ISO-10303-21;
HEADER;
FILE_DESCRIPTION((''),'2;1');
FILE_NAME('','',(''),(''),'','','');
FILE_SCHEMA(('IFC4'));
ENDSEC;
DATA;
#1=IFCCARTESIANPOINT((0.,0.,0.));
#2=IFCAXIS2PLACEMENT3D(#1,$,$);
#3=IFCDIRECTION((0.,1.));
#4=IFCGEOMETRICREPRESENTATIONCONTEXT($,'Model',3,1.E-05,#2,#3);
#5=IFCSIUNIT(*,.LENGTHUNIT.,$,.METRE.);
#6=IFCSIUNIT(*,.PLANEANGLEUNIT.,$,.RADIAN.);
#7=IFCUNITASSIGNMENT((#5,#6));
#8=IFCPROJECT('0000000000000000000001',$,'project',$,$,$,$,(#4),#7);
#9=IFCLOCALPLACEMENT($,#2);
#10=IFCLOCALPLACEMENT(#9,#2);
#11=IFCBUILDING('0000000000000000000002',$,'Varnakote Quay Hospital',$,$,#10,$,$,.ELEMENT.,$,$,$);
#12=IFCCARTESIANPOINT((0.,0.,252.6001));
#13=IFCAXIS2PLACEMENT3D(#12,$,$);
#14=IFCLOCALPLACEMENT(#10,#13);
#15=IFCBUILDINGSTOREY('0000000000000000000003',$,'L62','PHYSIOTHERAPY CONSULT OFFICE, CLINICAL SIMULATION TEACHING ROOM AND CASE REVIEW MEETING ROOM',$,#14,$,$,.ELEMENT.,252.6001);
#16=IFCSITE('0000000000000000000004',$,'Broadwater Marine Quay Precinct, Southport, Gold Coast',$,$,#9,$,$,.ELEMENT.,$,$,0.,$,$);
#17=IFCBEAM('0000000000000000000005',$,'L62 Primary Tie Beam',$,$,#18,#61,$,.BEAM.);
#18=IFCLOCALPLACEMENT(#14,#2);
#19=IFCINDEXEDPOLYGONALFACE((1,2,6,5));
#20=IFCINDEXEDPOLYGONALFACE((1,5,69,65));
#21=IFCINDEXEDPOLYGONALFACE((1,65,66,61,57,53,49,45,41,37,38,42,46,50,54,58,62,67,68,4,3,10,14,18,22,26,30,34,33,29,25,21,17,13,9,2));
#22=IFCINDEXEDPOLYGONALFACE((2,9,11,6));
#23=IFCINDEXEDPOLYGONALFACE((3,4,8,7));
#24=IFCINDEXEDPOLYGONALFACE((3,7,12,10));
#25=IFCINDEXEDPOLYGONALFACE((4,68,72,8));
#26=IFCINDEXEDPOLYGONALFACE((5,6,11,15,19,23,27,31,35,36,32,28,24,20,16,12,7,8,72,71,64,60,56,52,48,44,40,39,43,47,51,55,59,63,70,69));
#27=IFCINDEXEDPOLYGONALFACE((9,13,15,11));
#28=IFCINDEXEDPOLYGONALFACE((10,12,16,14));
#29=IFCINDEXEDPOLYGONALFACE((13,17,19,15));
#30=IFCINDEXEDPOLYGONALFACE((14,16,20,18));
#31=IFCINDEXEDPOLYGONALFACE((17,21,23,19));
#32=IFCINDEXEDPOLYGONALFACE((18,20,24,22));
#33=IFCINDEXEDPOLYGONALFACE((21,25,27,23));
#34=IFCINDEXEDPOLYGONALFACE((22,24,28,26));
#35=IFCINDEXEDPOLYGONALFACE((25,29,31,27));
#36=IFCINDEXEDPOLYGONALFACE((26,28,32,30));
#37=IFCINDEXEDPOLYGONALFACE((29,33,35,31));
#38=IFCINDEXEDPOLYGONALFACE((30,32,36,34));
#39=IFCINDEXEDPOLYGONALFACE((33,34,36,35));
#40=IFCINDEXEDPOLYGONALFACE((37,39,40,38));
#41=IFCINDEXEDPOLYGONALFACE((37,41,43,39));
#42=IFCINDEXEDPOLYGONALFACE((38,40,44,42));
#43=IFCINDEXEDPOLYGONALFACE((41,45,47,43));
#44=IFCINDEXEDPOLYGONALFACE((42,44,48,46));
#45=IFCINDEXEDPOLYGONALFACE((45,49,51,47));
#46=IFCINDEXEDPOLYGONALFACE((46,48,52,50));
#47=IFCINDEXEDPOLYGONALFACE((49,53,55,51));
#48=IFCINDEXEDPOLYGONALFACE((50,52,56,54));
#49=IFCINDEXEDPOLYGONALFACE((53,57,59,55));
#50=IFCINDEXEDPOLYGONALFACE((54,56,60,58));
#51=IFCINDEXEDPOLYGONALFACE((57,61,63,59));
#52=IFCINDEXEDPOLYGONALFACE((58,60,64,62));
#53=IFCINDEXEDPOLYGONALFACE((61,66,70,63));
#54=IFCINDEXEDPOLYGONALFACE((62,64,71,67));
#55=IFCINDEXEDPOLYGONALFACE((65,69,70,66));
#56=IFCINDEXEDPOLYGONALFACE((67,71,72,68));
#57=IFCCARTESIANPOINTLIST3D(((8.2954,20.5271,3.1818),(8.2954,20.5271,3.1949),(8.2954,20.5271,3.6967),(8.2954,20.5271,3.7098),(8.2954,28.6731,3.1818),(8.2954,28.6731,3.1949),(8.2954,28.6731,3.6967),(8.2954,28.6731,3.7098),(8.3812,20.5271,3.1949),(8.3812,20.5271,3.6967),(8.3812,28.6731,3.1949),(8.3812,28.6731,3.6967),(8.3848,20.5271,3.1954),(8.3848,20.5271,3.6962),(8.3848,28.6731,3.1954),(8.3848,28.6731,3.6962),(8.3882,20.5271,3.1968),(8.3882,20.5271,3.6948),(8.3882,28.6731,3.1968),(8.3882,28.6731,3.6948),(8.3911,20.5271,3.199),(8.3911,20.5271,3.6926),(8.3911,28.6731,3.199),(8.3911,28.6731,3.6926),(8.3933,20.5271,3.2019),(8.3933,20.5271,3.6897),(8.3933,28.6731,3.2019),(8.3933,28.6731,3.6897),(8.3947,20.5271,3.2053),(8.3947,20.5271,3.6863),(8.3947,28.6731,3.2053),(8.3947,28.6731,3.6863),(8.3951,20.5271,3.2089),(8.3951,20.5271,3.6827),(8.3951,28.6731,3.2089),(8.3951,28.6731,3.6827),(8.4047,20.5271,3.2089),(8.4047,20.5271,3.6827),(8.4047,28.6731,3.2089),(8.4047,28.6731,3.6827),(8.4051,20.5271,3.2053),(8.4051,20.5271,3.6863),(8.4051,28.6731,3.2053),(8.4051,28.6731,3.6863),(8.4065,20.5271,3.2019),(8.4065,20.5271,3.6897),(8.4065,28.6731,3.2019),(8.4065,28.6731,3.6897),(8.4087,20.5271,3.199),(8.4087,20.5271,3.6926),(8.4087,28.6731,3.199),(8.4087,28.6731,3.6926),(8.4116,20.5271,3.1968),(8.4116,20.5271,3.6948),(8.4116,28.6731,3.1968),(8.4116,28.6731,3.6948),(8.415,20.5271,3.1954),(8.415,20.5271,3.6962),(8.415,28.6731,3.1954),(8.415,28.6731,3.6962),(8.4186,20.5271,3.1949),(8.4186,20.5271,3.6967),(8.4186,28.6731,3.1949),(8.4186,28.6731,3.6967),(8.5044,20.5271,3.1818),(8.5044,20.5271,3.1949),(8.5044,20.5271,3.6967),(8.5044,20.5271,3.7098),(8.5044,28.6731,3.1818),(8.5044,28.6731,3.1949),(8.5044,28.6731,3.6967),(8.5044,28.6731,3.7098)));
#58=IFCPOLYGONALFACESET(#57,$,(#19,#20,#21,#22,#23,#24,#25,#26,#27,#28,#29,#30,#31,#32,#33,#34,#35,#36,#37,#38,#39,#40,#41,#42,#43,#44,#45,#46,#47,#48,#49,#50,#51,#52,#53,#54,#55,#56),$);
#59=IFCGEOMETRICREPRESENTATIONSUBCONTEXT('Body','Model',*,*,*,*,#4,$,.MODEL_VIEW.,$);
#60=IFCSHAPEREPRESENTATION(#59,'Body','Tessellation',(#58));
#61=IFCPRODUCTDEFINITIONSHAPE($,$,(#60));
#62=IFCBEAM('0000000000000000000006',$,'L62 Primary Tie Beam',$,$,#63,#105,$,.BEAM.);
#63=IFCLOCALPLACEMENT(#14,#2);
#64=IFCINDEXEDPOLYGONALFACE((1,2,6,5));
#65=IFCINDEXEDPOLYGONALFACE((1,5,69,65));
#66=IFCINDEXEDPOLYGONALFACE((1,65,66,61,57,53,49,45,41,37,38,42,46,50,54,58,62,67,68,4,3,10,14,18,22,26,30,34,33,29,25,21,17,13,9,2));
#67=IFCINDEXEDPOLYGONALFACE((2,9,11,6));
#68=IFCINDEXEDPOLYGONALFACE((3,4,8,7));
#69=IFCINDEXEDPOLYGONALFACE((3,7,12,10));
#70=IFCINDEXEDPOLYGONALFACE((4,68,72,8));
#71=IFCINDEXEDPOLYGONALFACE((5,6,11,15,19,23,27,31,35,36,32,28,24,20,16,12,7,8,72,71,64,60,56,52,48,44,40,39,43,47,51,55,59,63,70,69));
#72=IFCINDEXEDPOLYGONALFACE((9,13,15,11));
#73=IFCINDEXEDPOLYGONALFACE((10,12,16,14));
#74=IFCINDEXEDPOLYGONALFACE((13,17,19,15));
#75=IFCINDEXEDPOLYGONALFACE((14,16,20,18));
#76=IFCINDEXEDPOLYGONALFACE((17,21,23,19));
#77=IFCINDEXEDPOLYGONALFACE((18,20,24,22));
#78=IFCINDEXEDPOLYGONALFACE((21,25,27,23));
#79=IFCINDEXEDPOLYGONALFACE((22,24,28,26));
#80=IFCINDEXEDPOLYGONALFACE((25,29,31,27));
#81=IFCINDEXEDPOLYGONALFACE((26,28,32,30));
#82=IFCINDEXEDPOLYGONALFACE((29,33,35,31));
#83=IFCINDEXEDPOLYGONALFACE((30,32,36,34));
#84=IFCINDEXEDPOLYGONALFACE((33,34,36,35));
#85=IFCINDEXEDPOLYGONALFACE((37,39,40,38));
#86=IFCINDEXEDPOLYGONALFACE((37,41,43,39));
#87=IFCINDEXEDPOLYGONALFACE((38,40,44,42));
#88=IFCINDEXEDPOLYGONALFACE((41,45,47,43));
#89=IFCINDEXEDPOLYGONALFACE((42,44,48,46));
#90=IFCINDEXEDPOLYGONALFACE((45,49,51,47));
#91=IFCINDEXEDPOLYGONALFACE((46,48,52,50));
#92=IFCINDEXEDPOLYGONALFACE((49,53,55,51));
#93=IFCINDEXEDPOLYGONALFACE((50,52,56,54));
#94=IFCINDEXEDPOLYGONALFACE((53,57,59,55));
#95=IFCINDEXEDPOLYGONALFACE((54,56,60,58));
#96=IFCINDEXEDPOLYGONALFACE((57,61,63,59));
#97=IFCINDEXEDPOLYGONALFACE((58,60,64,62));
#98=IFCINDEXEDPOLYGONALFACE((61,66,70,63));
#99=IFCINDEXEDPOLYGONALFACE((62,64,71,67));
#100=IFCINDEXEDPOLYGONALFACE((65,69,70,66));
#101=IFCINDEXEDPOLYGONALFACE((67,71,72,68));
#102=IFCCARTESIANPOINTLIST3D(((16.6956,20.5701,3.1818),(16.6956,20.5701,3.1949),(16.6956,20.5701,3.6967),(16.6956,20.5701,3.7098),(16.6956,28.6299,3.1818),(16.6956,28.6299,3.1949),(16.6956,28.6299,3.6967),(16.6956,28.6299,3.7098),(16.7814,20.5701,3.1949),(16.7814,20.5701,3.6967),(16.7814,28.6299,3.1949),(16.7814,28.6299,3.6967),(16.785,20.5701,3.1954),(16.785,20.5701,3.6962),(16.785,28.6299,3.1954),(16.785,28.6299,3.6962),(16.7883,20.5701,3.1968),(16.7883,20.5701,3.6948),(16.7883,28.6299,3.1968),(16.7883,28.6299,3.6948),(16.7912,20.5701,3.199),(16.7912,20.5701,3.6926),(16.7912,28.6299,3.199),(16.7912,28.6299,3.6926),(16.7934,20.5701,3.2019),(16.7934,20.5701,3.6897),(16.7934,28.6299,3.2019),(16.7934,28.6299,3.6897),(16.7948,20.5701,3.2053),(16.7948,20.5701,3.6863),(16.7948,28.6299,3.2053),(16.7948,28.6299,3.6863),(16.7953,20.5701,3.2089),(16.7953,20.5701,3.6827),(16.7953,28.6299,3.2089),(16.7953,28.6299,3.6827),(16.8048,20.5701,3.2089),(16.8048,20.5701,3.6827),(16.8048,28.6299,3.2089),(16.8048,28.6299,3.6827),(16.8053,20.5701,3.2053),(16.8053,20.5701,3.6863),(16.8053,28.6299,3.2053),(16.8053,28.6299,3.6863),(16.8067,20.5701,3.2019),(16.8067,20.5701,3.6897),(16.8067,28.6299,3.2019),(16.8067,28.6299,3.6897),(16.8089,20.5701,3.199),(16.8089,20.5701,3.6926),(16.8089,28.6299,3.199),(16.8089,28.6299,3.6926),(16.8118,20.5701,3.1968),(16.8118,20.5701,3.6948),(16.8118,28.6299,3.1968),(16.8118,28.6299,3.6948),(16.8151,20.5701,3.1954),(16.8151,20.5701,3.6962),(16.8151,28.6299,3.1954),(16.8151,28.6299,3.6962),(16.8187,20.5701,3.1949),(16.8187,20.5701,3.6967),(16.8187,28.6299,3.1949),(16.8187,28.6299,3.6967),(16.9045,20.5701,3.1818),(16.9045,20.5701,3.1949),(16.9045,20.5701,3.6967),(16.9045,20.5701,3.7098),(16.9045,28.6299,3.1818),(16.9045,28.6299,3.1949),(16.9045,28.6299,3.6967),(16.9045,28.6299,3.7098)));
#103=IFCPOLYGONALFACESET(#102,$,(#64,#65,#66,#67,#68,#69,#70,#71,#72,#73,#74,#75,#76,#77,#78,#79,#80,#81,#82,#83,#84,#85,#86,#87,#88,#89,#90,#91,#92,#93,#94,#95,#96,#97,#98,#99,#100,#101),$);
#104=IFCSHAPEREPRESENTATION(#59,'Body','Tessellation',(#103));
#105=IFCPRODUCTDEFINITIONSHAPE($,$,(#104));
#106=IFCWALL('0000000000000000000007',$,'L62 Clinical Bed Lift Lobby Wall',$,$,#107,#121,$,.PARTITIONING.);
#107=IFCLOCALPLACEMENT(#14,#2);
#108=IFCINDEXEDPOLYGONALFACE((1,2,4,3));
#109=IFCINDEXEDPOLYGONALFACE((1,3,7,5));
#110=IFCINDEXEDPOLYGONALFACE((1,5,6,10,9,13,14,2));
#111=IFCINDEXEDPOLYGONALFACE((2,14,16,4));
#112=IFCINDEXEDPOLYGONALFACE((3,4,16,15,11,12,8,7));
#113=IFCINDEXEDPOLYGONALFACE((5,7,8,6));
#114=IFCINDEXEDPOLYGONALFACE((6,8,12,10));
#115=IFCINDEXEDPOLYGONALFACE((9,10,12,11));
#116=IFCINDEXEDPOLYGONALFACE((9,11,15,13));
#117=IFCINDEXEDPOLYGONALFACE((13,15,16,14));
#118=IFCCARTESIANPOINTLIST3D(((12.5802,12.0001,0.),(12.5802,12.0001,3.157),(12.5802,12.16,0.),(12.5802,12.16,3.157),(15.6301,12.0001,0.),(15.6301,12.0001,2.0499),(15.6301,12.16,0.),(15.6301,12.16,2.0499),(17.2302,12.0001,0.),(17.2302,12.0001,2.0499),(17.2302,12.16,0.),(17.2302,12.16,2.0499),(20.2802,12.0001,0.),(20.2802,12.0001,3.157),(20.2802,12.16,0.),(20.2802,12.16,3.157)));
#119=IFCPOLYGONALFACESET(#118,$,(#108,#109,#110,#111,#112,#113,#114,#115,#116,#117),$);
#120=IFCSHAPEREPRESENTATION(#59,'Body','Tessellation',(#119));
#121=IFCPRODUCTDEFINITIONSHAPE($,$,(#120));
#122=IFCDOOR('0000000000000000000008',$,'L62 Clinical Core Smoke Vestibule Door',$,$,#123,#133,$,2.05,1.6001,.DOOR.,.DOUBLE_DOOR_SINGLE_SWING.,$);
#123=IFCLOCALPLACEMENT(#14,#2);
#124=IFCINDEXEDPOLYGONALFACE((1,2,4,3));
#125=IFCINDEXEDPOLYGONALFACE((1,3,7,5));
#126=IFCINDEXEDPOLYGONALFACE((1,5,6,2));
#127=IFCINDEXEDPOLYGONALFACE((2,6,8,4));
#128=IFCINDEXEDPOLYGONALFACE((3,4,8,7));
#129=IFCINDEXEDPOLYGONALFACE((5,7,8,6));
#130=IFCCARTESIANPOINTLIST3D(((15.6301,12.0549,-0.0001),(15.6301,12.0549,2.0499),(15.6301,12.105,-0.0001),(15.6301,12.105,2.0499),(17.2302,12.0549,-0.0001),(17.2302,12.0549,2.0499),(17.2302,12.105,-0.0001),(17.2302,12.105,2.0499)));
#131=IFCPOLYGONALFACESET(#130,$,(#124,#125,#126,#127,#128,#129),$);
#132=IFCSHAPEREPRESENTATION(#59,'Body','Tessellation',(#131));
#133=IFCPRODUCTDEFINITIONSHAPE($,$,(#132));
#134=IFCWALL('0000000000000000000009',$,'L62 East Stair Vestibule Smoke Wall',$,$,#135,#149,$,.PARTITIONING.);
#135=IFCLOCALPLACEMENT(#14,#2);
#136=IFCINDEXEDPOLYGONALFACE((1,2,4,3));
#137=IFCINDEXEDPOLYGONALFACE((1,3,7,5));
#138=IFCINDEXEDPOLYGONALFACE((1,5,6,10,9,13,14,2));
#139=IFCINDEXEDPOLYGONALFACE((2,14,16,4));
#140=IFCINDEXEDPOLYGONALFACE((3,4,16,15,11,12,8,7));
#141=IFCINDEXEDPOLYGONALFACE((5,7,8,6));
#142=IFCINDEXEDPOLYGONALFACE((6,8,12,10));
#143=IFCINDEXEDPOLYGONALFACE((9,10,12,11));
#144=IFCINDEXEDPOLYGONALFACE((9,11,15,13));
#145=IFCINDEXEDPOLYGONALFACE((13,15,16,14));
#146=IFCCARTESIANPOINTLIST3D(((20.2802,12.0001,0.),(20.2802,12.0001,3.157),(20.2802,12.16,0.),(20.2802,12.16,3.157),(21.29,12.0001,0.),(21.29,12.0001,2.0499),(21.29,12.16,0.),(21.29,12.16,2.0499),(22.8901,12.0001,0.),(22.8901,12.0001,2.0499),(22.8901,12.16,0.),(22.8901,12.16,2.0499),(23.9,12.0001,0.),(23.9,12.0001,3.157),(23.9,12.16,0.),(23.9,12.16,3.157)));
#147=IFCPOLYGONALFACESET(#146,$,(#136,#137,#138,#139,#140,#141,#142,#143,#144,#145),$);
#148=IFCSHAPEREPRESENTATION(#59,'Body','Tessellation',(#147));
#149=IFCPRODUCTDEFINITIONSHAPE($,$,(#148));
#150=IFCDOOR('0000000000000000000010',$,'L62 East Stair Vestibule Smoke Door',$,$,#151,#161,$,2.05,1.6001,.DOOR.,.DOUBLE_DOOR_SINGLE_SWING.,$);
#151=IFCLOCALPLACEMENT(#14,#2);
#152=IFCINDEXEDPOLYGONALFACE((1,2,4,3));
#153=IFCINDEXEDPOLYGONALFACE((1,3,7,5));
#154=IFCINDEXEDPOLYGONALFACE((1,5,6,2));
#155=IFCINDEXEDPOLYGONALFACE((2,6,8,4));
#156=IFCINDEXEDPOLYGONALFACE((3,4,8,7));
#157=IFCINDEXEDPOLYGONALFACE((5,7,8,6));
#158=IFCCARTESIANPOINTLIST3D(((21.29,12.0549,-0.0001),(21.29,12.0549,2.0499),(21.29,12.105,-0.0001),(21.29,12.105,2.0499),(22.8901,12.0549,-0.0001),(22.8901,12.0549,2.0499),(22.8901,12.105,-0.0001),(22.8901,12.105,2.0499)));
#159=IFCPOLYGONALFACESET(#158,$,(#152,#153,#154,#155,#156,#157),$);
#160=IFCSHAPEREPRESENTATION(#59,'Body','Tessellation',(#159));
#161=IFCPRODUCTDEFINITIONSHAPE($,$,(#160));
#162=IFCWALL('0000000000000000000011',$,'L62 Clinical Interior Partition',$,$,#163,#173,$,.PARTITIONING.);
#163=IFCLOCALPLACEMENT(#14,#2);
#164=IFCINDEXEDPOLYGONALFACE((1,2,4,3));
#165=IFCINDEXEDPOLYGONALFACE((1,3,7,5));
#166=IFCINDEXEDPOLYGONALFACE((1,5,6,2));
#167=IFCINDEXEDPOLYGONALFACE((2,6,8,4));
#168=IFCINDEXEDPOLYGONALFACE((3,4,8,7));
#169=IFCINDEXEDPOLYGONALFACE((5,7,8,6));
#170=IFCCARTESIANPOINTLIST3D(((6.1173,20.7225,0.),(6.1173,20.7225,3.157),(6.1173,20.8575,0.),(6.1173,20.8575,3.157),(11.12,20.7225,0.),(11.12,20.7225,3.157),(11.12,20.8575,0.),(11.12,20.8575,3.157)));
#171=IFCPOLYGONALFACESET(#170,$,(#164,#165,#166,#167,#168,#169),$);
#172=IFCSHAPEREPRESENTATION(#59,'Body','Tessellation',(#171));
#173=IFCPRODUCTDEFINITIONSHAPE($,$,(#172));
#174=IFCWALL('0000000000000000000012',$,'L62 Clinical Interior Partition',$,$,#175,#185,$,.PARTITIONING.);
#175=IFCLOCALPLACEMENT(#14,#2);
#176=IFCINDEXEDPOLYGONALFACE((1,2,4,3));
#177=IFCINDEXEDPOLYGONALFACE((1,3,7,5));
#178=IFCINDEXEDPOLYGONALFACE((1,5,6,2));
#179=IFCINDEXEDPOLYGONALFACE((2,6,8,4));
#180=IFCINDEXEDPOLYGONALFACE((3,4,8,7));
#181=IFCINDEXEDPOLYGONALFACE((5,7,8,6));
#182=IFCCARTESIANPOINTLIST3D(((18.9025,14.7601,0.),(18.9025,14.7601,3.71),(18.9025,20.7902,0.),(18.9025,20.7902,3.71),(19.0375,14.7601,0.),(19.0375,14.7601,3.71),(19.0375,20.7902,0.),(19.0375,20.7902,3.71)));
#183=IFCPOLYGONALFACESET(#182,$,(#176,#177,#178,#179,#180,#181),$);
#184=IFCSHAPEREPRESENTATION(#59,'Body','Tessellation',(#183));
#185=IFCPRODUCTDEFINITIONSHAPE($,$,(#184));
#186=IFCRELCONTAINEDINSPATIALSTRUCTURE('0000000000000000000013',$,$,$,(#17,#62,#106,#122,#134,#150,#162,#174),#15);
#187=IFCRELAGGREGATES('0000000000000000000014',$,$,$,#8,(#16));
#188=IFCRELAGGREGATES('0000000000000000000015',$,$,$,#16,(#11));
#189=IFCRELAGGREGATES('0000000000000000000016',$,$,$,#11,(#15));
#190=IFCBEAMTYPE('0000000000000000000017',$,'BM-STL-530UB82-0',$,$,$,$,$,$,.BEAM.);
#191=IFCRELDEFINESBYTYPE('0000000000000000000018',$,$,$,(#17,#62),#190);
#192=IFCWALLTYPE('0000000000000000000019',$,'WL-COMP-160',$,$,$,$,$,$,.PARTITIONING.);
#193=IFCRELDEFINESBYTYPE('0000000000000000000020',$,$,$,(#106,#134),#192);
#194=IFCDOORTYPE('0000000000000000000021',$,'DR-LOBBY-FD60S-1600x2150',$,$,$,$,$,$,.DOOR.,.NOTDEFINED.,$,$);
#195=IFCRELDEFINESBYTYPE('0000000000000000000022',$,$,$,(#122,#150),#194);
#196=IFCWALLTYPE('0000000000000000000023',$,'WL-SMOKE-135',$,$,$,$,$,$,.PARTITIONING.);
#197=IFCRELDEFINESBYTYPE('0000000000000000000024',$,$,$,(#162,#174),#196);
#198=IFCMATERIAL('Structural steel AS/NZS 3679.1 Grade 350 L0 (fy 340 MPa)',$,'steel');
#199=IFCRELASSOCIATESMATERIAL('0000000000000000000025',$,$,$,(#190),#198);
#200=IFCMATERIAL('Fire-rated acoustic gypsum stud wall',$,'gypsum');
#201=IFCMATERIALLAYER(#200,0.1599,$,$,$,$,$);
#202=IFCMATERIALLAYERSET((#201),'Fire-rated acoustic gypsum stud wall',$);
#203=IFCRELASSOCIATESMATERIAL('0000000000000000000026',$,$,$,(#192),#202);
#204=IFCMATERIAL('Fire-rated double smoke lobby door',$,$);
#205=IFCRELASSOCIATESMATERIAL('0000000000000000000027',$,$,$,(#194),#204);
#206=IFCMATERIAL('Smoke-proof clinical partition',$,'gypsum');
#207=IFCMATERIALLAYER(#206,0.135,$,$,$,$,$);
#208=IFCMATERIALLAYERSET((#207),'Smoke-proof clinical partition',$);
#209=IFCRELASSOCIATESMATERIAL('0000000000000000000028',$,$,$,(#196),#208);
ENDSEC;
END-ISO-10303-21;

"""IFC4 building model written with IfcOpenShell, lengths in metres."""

from ifc_helpers import new_model, si_unit, direction, frame, frame_2d, origin, origin_2d, place, context, subcontext, project, spatial, rectangle, i_section, extrude, material, layer, layer_set, material_profile, profile_set, type_object, element, fill, save


model = new_model("IFC4")

# Units and contexts
model_context = context("Model", 3, precision=1e-05, world=origin(), true_north=direction((0.0, 1.0)))
body_context = subcontext(model_context, "Body", "Model", "MODEL_VIEW")
ifc_project = project(units=[si_unit("LENGTHUNIT", "METRE"), si_unit("PLANEANGLEUNIT", "RADIAN")], contexts=[model_context])

# Site, building, storey
site_placement = place(None, origin())
site = spatial("IfcSite", under=ifc_project, at=site_placement, Name="Broadwater Marine Quay Precinct, Southport, Gold Coast", CompositionType="ELEMENT", RefElevation=0.0)
building_placement = place(site_placement, origin())
building = spatial("IfcBuilding", under=site, at=building_placement, Name="Varnakote Quay Hospital", CompositionType="ELEMENT")
storey_placement = place(building_placement, frame((0.0, 0.0, 252.6001)))
storey = spatial("IfcBuildingStorey", under=building, at=storey_placement, Name="L62", Description="PHYSIOTHERAPY CONSULT OFFICE, CLINICAL SIMULATION TEACHING ROOM AND CASE REVIEW MEETING ROOM", CompositionType="ELEMENT", Elevation=252.6001)

# Beams
ifc_material_1 = material(Name="Structural steel AS/NZS 3679.1 Grade 350 L0 (fy 340 MPa)", Category="steel")
ifc_material_profile_1 = material_profile(ifc_material_1, i_section(OverallWidth=0.209, OverallDepth=0.5281, WebThickness=0.0095, FlangeThickness=0.0132, FilletRadius=0.0139, at=origin_2d()), Name="530UB82.0")
ifc_profile_set_1 = profile_set([ifc_material_profile_1], Name="Structural steel AS/NZS 3679.1 Grade 350 L0 (fy 340 MPa)")
beam_type = type_object("IfcBeamType", Name="BM-STL-530UB82-0", PredefinedType="BEAM", material=ifc_profile_set_1)
beam_1_placement = place(storey_placement, frame((8.3999, 20.5271, 3.4458), z_axis=(0.0, 1.0, 0.0), x_axis=(-1.0, 0.0, 0.0)))
element("IfcBeam", 1, at=beam_1_placement, inside=storey, type_object=beam_type, Name="L62 Primary Tie Beam", PredefinedType="BEAM", context=body_context, shape_type="SweptSolid", body=[
    extrude(i_section(OverallWidth=0.209, OverallDepth=0.5281, WebThickness=0.0095, FlangeThickness=0.0132, FilletRadius=0.0139, at=origin_2d()), origin(), (0.0, 0.0, 1.0), 8.146),
])
beam_2_placement = place(storey_placement, frame((16.8, 20.5701, 3.4458), z_axis=(0.0, 1.0, 0.0), x_axis=(-1.0, 0.0, 0.0)))
element("IfcBeam", 2, at=beam_2_placement, inside=storey, type_object=beam_type, Name="L62 Primary Tie Beam", PredefinedType="BEAM", context=body_context, shape_type="SweptSolid", body=[
    extrude(i_section(OverallWidth=0.209, OverallDepth=0.5281, WebThickness=0.0095, FlangeThickness=0.0132, FilletRadius=0.0139, at=origin_2d()), origin(), (0.0, 0.0, 1.0), 8.0598),
])

# Walls, openings, doors
ifc_material_2 = material(Name="Fire-rated acoustic gypsum stud wall", Category="gypsum")
ifc_layer_1 = layer(ifc_material_2, 0.1599)
ifc_layer_set_1 = layer_set([ifc_layer_1], Name="Fire-rated acoustic gypsum stud wall")
wall_type_1 = type_object("IfcWallType", Name="WL-COMP-160", PredefinedType="PARTITIONING", material=ifc_layer_set_1)
wall_1_placement = place(storey_placement, frame((12.5801, 12.0801, 0.0), z_axis=(0.0, 0.0, 1.0), x_axis=(1.0, 0.0, 0.0)))
wall_1 = element("IfcWall", 3, at=wall_1_placement, inside=storey, type_object=wall_type_1, Name="L62 Clinical Bed Lift Lobby Wall", PredefinedType="PARTITIONING", context=body_context, shape_type="SweptSolid", body=[
    extrude(rectangle(XDim=7.7, YDim=0.1599, at=frame_2d((3.8501, 0.0))), origin(), (0.0, 0.0, 1.0), 3.157),
])
opening_1_placement = place(wall_1_placement, frame((3.05, 0.0, 0.0)))
opening_1 = element("IfcOpeningElement", 4, at=opening_1_placement, cuts=wall_1, PredefinedType="OPENING", context=body_context, shape_type="SweptSolid", body=[
    extrude(rectangle(XDim=1.6001, YDim=2.05, at=frame_2d((0.8, 1.0249))), frame((0.0, 0.0898, 0.0), z_axis=(0.0, -1.0, 0.0), x_axis=(1.0, 0.0, 0.0)), (0.0, 0.0, 1.0), 0.1799),
])
ifc_material_3 = material(Name="Fire-rated double smoke lobby door")
door_type_1 = type_object("IfcDoorType", Name="DR-LOBBY-FD60S-1600x2150", OperationType="NOTDEFINED", PredefinedType="DOOR", material=ifc_material_3)
door_1_placement = place(opening_1_placement, origin())
door_1 = element("IfcDoor", 5, at=door_1_placement, inside=storey, type_object=door_type_1, Name="L62 Clinical Core Smoke Vestibule Door", OperationType="DOUBLE_DOOR_SINGLE_SWING", OverallHeight=2.05, OverallWidth=1.6001, PredefinedType="DOOR", context=body_context, shape_type="SweptSolid", body=[
    extrude(rectangle(XDim=1.6001, YDim=2.05, at=frame_2d((0.8, 1.0249))), frame((0.0, 0.0249, 0.0), z_axis=(0.0, -1.0, 0.0), x_axis=(1.0, 0.0, 0.0)), (0.0, 0.0, 1.0), 0.05),
])
fill(opening_1, door_1)
wall_2_placement = place(storey_placement, frame((20.28, 12.0801, 0.0), z_axis=(0.0, 0.0, 1.0), x_axis=(1.0, 0.0, 0.0)))
wall_2 = element("IfcWall", 6, at=wall_2_placement, inside=storey, type_object=wall_type_1, Name="L62 East Stair Vestibule Smoke Wall", PredefinedType="PARTITIONING", context=body_context, shape_type="SweptSolid", body=[
    extrude(rectangle(XDim=3.6199, YDim=0.1599, at=frame_2d((1.8101, 0.0))), origin(), (0.0, 0.0, 1.0), 3.157),
])
opening_2_placement = place(wall_2_placement, frame((1.01, 0.0, 0.0)))
opening_2 = element("IfcOpeningElement", 7, at=opening_2_placement, cuts=wall_2, PredefinedType="OPENING", context=body_context, shape_type="SweptSolid", body=[
    extrude(rectangle(XDim=1.6001, YDim=2.05, at=frame_2d((0.8, 1.0249))), frame((0.0, 0.0898, 0.0), z_axis=(0.0, -1.0, 0.0), x_axis=(1.0, 0.0, 0.0)), (0.0, 0.0, 1.0), 0.1799),
])
door_2_placement = place(opening_2_placement, origin())
door_2 = element("IfcDoor", 8, at=door_2_placement, inside=storey, type_object=door_type_1, Name="L62 East Stair Vestibule Smoke Door", OperationType="DOUBLE_DOOR_SINGLE_SWING", OverallHeight=2.05, OverallWidth=1.6001, PredefinedType="DOOR", context=body_context, shape_type="SweptSolid", body=[
    extrude(rectangle(XDim=1.6001, YDim=2.05, at=frame_2d((0.8, 1.0249))), frame((0.0, 0.0249, 0.0), z_axis=(0.0, -1.0, 0.0), x_axis=(1.0, 0.0, 0.0)), (0.0, 0.0, 1.0), 0.05),
])
fill(opening_2, door_2)

# Walls
ifc_material_4 = material(Name="Smoke-proof clinical partition", Category="gypsum")
ifc_layer_2 = layer(ifc_material_4, 0.135)
ifc_layer_set_2 = layer_set([ifc_layer_2], Name="Smoke-proof clinical partition")
wall_type_2 = type_object("IfcWallType", Name="WL-SMOKE-135", PredefinedType="PARTITIONING", material=ifc_layer_set_2)
wall_3_placement = place(storey_placement, frame((11.1201, 20.79, 0.0), z_axis=(0.0, 0.0, 1.0), x_axis=(-1.0, 0.0, 0.0)))
element("IfcWall", 9, at=wall_3_placement, inside=storey, type_object=wall_type_2, Name="L62 Clinical Interior Partition", PredefinedType="PARTITIONING", context=body_context, shape_type="SweptSolid", body=[
    extrude(rectangle(XDim=5.0027, YDim=0.135, at=frame_2d((2.5015, 0.0))), origin(), (0.0, 0.0, 1.0), 3.157),
])
wall_4_placement = place(storey_placement, frame((18.97, 14.76, 0.0), z_axis=(0.0, 0.0, 1.0), x_axis=(0.0, 1.0, 0.0)))
element("IfcWall", 10, at=wall_4_placement, inside=storey, type_object=wall_type_2, Name="L62 Clinical Interior Partition", PredefinedType="PARTITIONING", context=body_context, shape_type="SweptSolid", body=[
    extrude(rectangle(XDim=6.03, YDim=0.135, at=frame_2d((3.0151, 0.0))), origin(), (0.0, 0.0, 1.0), 3.71),
])

save(model, "model.ifc")
